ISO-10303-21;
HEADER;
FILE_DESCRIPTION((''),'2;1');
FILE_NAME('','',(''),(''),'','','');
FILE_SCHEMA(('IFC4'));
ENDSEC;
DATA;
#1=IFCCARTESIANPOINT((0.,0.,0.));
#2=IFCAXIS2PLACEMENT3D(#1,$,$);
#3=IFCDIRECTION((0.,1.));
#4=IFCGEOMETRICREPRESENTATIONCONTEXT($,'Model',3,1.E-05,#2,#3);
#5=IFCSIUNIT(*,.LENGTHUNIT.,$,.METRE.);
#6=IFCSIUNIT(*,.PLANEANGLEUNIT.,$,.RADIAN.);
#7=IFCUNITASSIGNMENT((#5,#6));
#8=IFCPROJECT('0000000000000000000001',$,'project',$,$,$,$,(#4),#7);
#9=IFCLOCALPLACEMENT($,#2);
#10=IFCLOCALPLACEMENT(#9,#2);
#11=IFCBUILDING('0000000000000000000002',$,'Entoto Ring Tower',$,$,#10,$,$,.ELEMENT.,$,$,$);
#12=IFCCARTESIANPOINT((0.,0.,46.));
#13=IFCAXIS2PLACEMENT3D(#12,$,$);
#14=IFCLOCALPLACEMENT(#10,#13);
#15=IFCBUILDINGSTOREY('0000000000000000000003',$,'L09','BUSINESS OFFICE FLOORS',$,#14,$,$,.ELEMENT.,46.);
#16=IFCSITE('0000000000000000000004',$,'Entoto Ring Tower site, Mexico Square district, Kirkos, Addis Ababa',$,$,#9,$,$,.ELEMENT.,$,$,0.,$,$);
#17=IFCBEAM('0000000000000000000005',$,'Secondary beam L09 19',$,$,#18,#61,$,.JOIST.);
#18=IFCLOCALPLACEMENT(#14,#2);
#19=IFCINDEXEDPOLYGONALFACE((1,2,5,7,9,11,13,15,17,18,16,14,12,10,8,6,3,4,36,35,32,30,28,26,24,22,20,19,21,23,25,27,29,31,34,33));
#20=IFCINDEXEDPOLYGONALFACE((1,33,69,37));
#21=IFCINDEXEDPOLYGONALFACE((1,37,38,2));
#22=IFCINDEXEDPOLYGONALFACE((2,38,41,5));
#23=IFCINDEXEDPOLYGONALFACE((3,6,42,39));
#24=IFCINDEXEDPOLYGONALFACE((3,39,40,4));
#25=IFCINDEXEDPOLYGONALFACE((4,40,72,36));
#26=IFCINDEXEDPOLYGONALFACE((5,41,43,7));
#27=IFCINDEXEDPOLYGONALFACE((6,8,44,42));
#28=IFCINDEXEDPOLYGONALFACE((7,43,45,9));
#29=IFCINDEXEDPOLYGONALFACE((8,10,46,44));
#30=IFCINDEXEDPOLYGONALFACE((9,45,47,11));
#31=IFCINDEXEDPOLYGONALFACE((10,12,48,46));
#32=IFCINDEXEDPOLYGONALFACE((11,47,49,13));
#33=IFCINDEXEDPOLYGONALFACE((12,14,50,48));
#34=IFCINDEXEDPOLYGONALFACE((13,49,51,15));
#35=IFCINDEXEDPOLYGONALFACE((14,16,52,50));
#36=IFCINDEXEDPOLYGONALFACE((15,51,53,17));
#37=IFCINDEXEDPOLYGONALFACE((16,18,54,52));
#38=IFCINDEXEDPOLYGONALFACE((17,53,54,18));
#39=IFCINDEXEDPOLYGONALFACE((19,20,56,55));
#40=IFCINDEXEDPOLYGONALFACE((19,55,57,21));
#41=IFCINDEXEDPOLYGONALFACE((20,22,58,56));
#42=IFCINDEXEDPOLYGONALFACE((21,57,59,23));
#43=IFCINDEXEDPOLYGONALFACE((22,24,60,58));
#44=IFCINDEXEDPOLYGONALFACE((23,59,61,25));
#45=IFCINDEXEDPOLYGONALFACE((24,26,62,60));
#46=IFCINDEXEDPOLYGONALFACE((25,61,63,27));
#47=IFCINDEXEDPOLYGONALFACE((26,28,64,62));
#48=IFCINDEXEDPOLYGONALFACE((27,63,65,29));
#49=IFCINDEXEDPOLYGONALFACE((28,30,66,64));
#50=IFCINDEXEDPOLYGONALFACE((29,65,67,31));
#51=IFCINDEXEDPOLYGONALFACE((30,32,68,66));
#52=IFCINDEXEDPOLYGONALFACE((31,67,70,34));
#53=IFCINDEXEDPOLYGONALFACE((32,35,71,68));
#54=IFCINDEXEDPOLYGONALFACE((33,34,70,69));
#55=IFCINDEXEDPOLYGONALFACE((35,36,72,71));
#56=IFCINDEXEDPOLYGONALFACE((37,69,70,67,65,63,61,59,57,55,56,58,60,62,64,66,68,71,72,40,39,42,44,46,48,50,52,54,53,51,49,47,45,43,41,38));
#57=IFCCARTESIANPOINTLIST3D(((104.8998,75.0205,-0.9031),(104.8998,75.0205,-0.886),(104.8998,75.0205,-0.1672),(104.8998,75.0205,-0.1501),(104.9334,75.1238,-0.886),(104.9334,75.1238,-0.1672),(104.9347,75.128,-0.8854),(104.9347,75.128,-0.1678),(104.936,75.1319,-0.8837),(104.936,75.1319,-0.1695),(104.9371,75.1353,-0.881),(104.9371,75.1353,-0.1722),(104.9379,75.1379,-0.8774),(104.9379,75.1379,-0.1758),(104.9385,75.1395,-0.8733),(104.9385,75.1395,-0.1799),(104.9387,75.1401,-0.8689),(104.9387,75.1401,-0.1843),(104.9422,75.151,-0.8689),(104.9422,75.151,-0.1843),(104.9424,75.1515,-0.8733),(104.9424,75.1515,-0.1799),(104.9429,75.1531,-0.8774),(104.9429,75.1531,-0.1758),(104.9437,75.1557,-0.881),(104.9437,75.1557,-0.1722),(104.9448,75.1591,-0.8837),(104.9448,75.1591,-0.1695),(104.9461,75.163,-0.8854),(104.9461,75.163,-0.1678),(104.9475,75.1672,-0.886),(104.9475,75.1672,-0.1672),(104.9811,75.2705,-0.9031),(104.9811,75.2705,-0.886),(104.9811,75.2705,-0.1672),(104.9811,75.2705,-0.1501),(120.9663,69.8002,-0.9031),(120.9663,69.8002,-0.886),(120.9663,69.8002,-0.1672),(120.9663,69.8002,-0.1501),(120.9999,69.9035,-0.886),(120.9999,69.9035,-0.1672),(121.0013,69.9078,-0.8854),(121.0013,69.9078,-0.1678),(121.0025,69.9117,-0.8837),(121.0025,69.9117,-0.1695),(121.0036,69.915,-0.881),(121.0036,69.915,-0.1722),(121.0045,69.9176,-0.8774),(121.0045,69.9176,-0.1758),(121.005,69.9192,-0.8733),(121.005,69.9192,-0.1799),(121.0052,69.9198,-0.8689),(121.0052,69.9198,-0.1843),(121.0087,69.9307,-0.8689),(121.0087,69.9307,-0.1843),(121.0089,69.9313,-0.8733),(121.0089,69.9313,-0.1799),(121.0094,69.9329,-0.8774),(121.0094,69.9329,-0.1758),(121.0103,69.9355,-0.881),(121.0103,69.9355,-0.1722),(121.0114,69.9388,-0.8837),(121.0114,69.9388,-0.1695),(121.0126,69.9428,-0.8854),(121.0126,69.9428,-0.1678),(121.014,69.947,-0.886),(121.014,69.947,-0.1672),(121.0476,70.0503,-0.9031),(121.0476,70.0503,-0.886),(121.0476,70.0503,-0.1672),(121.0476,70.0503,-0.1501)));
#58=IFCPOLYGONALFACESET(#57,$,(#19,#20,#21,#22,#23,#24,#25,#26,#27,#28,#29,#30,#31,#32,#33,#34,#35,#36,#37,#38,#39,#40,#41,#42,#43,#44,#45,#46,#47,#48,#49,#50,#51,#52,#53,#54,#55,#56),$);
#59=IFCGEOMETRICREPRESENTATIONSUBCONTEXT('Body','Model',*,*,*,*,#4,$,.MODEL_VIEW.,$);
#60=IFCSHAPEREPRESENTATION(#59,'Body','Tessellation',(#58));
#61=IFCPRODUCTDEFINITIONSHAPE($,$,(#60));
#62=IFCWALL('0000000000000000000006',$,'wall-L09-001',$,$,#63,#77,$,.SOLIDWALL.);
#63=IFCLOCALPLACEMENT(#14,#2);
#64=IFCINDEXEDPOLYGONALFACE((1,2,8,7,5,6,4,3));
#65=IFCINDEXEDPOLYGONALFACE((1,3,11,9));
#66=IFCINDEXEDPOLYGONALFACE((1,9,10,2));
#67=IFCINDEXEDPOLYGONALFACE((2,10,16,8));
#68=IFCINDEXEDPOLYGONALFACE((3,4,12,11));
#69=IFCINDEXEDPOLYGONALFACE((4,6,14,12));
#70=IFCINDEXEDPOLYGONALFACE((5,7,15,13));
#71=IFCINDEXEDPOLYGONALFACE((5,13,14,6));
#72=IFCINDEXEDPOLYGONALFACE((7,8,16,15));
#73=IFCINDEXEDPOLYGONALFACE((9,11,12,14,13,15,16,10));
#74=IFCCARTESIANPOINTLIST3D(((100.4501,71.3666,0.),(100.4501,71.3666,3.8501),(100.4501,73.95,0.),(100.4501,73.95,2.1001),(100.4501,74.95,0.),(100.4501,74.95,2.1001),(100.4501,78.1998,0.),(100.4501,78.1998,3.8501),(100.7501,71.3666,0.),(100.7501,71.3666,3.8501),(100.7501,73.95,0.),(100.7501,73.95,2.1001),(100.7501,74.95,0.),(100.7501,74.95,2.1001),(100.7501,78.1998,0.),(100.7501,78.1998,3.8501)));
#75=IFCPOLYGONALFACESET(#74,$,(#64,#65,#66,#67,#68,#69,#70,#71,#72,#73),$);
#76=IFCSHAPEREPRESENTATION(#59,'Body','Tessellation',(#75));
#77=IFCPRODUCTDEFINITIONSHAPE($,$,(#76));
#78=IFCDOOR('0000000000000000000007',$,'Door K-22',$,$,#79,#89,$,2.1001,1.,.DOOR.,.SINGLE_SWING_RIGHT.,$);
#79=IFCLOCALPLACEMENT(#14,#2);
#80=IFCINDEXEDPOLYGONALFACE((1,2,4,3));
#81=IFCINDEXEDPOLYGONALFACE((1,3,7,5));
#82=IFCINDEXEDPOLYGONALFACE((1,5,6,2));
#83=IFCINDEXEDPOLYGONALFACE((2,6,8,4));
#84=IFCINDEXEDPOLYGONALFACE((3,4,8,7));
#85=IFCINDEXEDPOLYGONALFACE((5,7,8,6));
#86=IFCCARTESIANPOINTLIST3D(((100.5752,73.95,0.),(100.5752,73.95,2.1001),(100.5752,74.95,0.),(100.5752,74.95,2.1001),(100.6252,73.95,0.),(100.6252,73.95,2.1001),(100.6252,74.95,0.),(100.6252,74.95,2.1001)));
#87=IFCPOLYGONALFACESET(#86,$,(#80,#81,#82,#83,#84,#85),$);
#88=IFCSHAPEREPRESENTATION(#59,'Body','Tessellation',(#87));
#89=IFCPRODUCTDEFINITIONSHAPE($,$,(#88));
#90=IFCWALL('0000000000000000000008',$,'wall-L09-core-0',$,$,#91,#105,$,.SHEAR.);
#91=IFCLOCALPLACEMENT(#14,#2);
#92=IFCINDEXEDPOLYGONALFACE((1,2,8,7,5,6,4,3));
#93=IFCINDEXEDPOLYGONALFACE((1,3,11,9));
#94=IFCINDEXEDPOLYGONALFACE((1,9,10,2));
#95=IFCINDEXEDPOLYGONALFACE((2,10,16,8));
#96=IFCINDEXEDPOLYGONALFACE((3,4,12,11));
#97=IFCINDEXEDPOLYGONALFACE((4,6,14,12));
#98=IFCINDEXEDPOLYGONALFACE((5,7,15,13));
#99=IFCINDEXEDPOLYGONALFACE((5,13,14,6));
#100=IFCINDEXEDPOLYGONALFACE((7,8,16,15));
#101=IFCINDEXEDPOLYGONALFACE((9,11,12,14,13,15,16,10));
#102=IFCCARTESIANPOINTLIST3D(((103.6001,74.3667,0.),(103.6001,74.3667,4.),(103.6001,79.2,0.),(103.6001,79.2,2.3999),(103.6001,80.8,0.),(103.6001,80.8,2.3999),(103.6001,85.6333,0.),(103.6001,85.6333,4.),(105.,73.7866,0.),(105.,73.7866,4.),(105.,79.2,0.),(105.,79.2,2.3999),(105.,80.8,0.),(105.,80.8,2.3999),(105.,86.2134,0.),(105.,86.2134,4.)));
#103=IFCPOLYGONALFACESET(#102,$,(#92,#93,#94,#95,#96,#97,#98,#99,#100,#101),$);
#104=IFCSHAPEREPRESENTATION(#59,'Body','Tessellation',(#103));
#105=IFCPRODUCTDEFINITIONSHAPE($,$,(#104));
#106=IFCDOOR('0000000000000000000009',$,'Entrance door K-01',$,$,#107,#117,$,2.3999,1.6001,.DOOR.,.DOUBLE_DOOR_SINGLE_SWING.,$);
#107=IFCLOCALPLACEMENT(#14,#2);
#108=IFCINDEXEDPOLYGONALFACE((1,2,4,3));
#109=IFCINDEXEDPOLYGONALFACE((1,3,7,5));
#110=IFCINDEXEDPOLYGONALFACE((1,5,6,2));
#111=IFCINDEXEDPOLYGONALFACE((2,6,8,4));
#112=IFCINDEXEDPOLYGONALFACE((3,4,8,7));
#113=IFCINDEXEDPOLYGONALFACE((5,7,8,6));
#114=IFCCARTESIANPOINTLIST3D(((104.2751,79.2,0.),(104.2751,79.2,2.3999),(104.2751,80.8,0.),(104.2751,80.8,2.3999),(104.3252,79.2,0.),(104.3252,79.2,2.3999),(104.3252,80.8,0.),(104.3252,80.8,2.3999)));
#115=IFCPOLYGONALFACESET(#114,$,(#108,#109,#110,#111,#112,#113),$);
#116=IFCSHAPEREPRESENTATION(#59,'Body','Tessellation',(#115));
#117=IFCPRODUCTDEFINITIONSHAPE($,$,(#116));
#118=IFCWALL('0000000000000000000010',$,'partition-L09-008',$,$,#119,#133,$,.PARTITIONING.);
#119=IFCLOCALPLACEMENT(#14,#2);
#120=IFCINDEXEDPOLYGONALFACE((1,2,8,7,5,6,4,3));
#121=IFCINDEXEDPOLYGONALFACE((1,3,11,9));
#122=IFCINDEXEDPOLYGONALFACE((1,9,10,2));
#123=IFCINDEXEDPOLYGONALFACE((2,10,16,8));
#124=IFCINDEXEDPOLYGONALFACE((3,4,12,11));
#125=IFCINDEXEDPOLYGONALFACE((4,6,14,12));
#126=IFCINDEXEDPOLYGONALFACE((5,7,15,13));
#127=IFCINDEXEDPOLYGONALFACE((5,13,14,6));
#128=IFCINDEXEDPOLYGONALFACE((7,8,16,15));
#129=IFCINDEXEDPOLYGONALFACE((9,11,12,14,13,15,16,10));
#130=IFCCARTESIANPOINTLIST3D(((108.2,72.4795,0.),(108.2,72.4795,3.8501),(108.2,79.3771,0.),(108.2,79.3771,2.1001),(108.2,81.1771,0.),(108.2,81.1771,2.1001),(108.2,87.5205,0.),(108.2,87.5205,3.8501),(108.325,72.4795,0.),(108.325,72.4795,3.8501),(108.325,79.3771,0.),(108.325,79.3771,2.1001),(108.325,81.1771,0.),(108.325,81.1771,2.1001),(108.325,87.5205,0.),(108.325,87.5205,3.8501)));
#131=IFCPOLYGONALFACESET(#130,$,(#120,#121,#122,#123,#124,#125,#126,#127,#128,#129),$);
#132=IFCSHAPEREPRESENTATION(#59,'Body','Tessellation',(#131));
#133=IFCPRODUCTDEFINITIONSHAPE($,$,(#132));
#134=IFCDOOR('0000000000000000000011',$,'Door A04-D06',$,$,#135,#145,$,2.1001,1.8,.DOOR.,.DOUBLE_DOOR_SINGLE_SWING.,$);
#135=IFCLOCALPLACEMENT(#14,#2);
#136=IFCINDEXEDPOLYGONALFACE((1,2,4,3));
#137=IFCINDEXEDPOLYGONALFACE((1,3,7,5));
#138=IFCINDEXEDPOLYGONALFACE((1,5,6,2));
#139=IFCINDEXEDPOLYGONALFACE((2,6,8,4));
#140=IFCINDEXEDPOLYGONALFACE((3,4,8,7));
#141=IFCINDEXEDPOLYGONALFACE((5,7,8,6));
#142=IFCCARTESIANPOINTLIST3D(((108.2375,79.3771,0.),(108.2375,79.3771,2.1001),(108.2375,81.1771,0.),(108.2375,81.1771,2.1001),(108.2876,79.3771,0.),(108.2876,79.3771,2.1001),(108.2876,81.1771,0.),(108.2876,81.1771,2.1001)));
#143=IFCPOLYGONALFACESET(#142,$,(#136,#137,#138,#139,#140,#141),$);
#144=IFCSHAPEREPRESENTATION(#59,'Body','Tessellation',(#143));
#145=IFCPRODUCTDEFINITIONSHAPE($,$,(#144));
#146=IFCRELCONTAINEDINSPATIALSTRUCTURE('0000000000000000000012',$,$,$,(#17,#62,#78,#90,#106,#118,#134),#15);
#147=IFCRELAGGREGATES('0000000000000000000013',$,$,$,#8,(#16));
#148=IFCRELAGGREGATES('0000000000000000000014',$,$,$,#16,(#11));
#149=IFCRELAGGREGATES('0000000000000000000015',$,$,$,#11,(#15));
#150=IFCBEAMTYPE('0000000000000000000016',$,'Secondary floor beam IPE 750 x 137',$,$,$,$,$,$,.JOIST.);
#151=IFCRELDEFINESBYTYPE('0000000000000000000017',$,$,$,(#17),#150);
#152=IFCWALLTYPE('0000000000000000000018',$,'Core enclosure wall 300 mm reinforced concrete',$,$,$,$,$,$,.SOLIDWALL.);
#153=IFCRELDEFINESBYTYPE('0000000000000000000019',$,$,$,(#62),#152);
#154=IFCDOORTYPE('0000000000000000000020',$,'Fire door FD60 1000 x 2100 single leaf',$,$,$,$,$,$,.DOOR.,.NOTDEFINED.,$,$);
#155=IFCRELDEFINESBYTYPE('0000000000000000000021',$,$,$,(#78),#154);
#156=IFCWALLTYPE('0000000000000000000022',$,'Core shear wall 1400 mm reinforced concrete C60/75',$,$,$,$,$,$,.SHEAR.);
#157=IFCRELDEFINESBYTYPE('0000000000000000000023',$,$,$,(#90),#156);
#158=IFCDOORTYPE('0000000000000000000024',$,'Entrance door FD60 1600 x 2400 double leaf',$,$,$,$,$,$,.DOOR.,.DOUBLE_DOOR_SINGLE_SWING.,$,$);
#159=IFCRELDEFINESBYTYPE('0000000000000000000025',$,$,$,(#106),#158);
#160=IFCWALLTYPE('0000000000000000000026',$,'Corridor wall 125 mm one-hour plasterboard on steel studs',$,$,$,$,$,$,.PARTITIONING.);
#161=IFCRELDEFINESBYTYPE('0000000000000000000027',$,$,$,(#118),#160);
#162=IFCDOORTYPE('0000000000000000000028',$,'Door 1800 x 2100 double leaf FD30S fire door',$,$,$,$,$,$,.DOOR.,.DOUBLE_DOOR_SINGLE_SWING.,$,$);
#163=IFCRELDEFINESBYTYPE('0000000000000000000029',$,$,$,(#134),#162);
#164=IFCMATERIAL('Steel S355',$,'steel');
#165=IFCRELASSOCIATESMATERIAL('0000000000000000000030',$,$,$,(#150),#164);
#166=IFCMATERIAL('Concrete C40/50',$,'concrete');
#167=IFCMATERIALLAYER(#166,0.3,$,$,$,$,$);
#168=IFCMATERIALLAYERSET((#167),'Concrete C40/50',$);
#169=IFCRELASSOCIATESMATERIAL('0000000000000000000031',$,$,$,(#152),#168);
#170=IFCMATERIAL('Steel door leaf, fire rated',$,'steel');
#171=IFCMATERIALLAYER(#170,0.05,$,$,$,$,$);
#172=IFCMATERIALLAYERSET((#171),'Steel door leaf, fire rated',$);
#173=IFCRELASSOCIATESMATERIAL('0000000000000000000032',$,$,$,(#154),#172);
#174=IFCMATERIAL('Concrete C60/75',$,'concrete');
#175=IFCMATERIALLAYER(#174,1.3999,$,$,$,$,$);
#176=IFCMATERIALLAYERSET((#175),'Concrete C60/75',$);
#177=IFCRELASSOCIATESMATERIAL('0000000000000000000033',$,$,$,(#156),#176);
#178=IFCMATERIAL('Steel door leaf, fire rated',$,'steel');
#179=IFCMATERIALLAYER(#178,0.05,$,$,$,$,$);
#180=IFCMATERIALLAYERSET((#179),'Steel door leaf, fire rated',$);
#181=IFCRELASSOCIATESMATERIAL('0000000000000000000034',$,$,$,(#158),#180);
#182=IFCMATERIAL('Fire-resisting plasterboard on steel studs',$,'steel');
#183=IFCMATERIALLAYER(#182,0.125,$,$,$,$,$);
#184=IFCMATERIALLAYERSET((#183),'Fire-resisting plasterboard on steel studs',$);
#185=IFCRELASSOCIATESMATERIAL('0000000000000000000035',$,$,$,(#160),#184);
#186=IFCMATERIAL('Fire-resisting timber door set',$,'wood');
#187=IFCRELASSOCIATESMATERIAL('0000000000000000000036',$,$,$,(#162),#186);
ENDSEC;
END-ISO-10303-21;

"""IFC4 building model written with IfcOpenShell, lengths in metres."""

from ifc_helpers import new_model, si_unit, direction, frame, frame_2d, origin, origin_2d, place, context, subcontext, project, spatial, polyline, rectangle, i_section, outline, extrude, material, layer, layer_set, material_profile, profile_set, type_object, element, fill, save


model = new_model("IFC4")

# Units and contexts
model_context = context("Model", 3, precision=1e-05, world=origin(), true_north=direction((0.0, 1.0)))
body_context = subcontext(model_context, "Body", "Model", "MODEL_VIEW")
ifc_project = project(units=[si_unit("LENGTHUNIT", "METRE"), si_unit("PLANEANGLEUNIT", "RADIAN")], contexts=[model_context])

# Site, building, storey
site_placement = place(None, origin())
site = spatial("IfcSite", under=ifc_project, at=site_placement, Name="Entoto Ring Tower site, Mexico Square district, Kirkos, Addis Ababa", CompositionType="ELEMENT", RefElevation=0.0)
building_placement = place(site_placement, origin())
building = spatial("IfcBuilding", under=site, at=building_placement, Name="Entoto Ring Tower", CompositionType="ELEMENT")
storey_placement = place(building_placement, frame((0.0, 0.0, 46.0)))
storey = spatial("IfcBuildingStorey", under=building, at=storey_placement, Name="L09", Description="BUSINESS OFFICE FLOORS", CompositionType="ELEMENT", Elevation=46.0)

# Beam
ifc_material_1 = material(Name="Steel S355", Category="steel")
ifc_material_profile_1 = material_profile(ifc_material_1, i_section(OverallWidth=0.2629, OverallDepth=0.7529, WebThickness=0.0115, FlangeThickness=0.0171, FilletRadius=0.0171, at=origin_2d()), Name="IPE 750 x 137")
ifc_profile_set_1 = profile_set([ifc_material_profile_1], Name="Steel S355")
beam_type_1 = type_object("IfcBeamType", Name="Secondary floor beam IPE 750 x 137", PredefinedType="JOIST", material=ifc_profile_set_1)
beam_1_placement = place(storey_placement, frame((104.9404, 75.1455, -0.5266), z_axis=(0.951058, -0.309013, 0.0), x_axis=(0.309013, 0.951058, 0.0)))
element("IfcBeam", 1, at=beam_1_placement, inside=storey, type_object=beam_type_1, Name="Secondary beam L09 19", PredefinedType="JOIST", context=body_context, shape_type="SweptSolid", body=[
    extrude(i_section(OverallWidth=0.2629, OverallDepth=0.7529, WebThickness=0.0115, FlangeThickness=0.0171, FilletRadius=0.0171, at=origin_2d()), origin(), (0.0, 0.0, 1.0), 16.8933),
])

# Walls, openings, doors
ifc_material_2 = material(Name="Concrete C40/50", Category="concrete")
ifc_layer_1 = layer(ifc_material_2, 0.3)
ifc_layer_set_1 = layer_set([ifc_layer_1], Name="Concrete C40/50")
wall_type_1 = type_object("IfcWallType", Name="Core enclosure wall 300 mm reinforced concrete", PredefinedType="SOLIDWALL", material=ifc_layer_set_1)
wall_1_placement = place(storey_placement, frame((100.6001, 71.3667, 0.0), z_axis=(0.0, 0.0, 1.0), x_axis=(0.0, 1.0, 0.0)))
wall_1 = element("IfcWall", 2, at=wall_1_placement, inside=storey, type_object=wall_type_1, Name="wall-L09-001", PredefinedType="SOLIDWALL", context=body_context, shape_type="SweptSolid", body=[
    extrude(rectangle(XDim=6.8333, YDim=0.3, at=frame_2d((3.4165, 0.0))), origin(), (0.0, 0.0, 1.0), 3.8501),
])
opening_1_placement = place(wall_1_placement, frame((2.5833, 0.0, 0.0)))
opening_1 = element("IfcOpeningElement", 3, at=opening_1_placement, cuts=wall_1, PredefinedType="OPENING", context=body_context, shape_type="SweptSolid", body=[
    extrude(rectangle(XDim=1.0, YDim=2.1001, at=frame_2d((0.5, 1.05))), frame((0.0, 0.1602, 0.0), z_axis=(0.0, -1.0, 0.0), x_axis=(1.0, 0.0, 0.0)), (0.0, 0.0, 1.0), 0.3201),
])
ifc_material_3 = material(Name="Steel door leaf, fire rated", Category="steel")
ifc_layer_2 = layer(ifc_material_3, 0.05)
ifc_layer_set_2 = layer_set([ifc_layer_2], Name="Steel door leaf, fire rated")
door_type_1 = type_object("IfcDoorType", Name="Fire door FD60 1000 x 2100 single leaf", OperationType="NOTDEFINED", PredefinedType="DOOR", material=ifc_layer_set_2)
door_1_placement = place(opening_1_placement, origin())
door_1 = element("IfcDoor", 4, at=door_1_placement, inside=storey, type_object=door_type_1, Name="Door K-22", OperationType="SINGLE_SWING_RIGHT", OverallHeight=2.1001, OverallWidth=1.0, PredefinedType="DOOR", context=body_context, shape_type="SweptSolid", body=[
    extrude(rectangle(XDim=1.0, YDim=2.1001, at=frame_2d((0.5, 1.05))), frame((0.0, 0.0249, 0.0), z_axis=(0.0, -1.0, 0.0), x_axis=(1.0, 0.0, 0.0)), (0.0, 0.0, 1.0), 0.05),
])
fill(opening_1, door_1)
ifc_material_4 = material(Name="Concrete C60/75", Category="concrete")
ifc_layer_3 = layer(ifc_material_4, 1.3999)
ifc_layer_set_3 = layer_set([ifc_layer_3], Name="Concrete C60/75")
wall_type_2 = type_object("IfcWallType", Name="Core shear wall 1400 mm reinforced concrete C60/75", PredefinedType="SHEAR", material=ifc_layer_set_3)
wall_2_placement = place(storey_placement, frame((104.3, 74.0767, 0.0), z_axis=(0.0, 0.0, 1.0), x_axis=(0.0, 1.0, 0.0)))
wall_2 = element("IfcWall", 5, at=wall_2_placement, inside=storey, type_object=wall_type_2, Name="wall-L09-core-0", PredefinedType="SHEAR", context=body_context, shape_type="SweptSolid", body=[
    extrude(outline(polyline([(-0.29, -0.7), (12.1367, -0.7), (11.5566, 0.7), (0.29, 0.7), (-0.29, -0.7)])), origin(), (0.0, 0.0, 1.0), 4.0),
])
opening_2_placement = place(wall_2_placement, frame((5.1233, 0.0, 0.0)))
opening_2 = element("IfcOpeningElement", 6, at=opening_2_placement, cuts=wall_2, PredefinedType="OPENING", context=body_context, shape_type="SweptSolid", body=[
    extrude(rectangle(XDim=1.6001, YDim=2.3999, at=frame_2d((0.8, 1.2))), frame((0.0, 0.71, 0.0), z_axis=(0.0, -1.0, 0.0), x_axis=(1.0, 0.0, 0.0)), (0.0, 0.0, 1.0), 1.4199),
])
ifc_material_5 = material(Name="Steel door leaf, fire rated", Category="steel")
ifc_layer_4 = layer(ifc_material_5, 0.05)
ifc_layer_set_4 = layer_set([ifc_layer_4], Name="Steel door leaf, fire rated")
door_type_2 = type_object("IfcDoorType", Name="Entrance door FD60 1600 x 2400 double leaf", OperationType="DOUBLE_DOOR_SINGLE_SWING", PredefinedType="DOOR", material=ifc_layer_set_4)
door_2_placement = place(opening_2_placement, origin())
door_2 = element("IfcDoor", 7, at=door_2_placement, inside=storey, type_object=door_type_2, Name="Entrance door K-01", OperationType="DOUBLE_DOOR_SINGLE_SWING", OverallHeight=2.3999, OverallWidth=1.6001, PredefinedType="DOOR", context=body_context, shape_type="SweptSolid", body=[
    extrude(rectangle(XDim=1.6001, YDim=2.3999, at=frame_2d((0.8, 1.2))), frame((0.0, 0.0249, 0.0), z_axis=(0.0, -1.0, 0.0), x_axis=(1.0, 0.0, 0.0)), (0.0, 0.0, 1.0), 0.05),
])
fill(opening_2, door_2)
ifc_material_6 = material(Name="Fire-resisting plasterboard on steel studs", Category="steel")
ifc_layer_5 = layer(ifc_material_6, 0.125)
ifc_layer_set_5 = layer_set([ifc_layer_5], Name="Fire-resisting plasterboard on steel studs")
wall_type_3 = type_object("IfcWallType", Name="Corridor wall 125 mm one-hour plasterboard on steel studs", PredefinedType="PARTITIONING", material=ifc_layer_set_5)
wall_3_placement = place(storey_placement, frame((108.2625, 72.4795, 0.0), z_axis=(0.0, 0.0, 1.0), x_axis=(0.0, 1.0, 0.0)))
wall_3 = element("IfcWall", 8, at=wall_3_placement, inside=storey, type_object=wall_type_3, Name="partition-L09-008", PredefinedType="PARTITIONING", context=body_context, shape_type="SweptSolid", body=[
    extrude(rectangle(XDim=15.041, YDim=0.125, at=frame_2d((7.5205, 0.0))), origin(), (0.0, 0.0, 1.0), 3.8501),
])
opening_3_placement = place(wall_3_placement, frame((6.8977, 0.0, 0.0)))
opening_3 = element("IfcOpeningElement", 9, at=opening_3_placement, cuts=wall_3, PredefinedType="OPENING", context=body_context, shape_type="SweptSolid", body=[
    extrude(rectangle(XDim=1.8, YDim=2.1001, at=frame_2d((0.8999, 1.05))), frame((0.0, 0.0725, 0.0), z_axis=(0.0, -1.0, 0.0), x_axis=(1.0, 0.0, 0.0)), (0.0, 0.0, 1.0), 0.145),
])
ifc_material_7 = material(Name="Fire-resisting timber door set", Category="wood")
door_type_3 = type_object("IfcDoorType", Name="Door 1800 x 2100 double leaf FD30S fire door", OperationType="DOUBLE_DOOR_SINGLE_SWING", PredefinedType="DOOR", material=ifc_material_7)
door_3_placement = place(opening_3_placement, origin())
door_3 = element("IfcDoor", 10, at=door_3_placement, inside=storey, type_object=door_type_3, Name="Door A04-D06", OperationType="DOUBLE_DOOR_SINGLE_SWING", OverallHeight=2.1001, OverallWidth=1.8, PredefinedType="DOOR", context=body_context, shape_type="SweptSolid", body=[
    extrude(rectangle(XDim=1.8, YDim=2.1001, at=frame_2d((0.8999, 1.05))), frame((0.0, 0.0249, 0.0), z_axis=(0.0, -1.0, 0.0), x_axis=(1.0, 0.0, 0.0)), (0.0, 0.0, 1.0), 0.05),
])
fill(opening_3, door_3)

save(model, "model.ifc")
